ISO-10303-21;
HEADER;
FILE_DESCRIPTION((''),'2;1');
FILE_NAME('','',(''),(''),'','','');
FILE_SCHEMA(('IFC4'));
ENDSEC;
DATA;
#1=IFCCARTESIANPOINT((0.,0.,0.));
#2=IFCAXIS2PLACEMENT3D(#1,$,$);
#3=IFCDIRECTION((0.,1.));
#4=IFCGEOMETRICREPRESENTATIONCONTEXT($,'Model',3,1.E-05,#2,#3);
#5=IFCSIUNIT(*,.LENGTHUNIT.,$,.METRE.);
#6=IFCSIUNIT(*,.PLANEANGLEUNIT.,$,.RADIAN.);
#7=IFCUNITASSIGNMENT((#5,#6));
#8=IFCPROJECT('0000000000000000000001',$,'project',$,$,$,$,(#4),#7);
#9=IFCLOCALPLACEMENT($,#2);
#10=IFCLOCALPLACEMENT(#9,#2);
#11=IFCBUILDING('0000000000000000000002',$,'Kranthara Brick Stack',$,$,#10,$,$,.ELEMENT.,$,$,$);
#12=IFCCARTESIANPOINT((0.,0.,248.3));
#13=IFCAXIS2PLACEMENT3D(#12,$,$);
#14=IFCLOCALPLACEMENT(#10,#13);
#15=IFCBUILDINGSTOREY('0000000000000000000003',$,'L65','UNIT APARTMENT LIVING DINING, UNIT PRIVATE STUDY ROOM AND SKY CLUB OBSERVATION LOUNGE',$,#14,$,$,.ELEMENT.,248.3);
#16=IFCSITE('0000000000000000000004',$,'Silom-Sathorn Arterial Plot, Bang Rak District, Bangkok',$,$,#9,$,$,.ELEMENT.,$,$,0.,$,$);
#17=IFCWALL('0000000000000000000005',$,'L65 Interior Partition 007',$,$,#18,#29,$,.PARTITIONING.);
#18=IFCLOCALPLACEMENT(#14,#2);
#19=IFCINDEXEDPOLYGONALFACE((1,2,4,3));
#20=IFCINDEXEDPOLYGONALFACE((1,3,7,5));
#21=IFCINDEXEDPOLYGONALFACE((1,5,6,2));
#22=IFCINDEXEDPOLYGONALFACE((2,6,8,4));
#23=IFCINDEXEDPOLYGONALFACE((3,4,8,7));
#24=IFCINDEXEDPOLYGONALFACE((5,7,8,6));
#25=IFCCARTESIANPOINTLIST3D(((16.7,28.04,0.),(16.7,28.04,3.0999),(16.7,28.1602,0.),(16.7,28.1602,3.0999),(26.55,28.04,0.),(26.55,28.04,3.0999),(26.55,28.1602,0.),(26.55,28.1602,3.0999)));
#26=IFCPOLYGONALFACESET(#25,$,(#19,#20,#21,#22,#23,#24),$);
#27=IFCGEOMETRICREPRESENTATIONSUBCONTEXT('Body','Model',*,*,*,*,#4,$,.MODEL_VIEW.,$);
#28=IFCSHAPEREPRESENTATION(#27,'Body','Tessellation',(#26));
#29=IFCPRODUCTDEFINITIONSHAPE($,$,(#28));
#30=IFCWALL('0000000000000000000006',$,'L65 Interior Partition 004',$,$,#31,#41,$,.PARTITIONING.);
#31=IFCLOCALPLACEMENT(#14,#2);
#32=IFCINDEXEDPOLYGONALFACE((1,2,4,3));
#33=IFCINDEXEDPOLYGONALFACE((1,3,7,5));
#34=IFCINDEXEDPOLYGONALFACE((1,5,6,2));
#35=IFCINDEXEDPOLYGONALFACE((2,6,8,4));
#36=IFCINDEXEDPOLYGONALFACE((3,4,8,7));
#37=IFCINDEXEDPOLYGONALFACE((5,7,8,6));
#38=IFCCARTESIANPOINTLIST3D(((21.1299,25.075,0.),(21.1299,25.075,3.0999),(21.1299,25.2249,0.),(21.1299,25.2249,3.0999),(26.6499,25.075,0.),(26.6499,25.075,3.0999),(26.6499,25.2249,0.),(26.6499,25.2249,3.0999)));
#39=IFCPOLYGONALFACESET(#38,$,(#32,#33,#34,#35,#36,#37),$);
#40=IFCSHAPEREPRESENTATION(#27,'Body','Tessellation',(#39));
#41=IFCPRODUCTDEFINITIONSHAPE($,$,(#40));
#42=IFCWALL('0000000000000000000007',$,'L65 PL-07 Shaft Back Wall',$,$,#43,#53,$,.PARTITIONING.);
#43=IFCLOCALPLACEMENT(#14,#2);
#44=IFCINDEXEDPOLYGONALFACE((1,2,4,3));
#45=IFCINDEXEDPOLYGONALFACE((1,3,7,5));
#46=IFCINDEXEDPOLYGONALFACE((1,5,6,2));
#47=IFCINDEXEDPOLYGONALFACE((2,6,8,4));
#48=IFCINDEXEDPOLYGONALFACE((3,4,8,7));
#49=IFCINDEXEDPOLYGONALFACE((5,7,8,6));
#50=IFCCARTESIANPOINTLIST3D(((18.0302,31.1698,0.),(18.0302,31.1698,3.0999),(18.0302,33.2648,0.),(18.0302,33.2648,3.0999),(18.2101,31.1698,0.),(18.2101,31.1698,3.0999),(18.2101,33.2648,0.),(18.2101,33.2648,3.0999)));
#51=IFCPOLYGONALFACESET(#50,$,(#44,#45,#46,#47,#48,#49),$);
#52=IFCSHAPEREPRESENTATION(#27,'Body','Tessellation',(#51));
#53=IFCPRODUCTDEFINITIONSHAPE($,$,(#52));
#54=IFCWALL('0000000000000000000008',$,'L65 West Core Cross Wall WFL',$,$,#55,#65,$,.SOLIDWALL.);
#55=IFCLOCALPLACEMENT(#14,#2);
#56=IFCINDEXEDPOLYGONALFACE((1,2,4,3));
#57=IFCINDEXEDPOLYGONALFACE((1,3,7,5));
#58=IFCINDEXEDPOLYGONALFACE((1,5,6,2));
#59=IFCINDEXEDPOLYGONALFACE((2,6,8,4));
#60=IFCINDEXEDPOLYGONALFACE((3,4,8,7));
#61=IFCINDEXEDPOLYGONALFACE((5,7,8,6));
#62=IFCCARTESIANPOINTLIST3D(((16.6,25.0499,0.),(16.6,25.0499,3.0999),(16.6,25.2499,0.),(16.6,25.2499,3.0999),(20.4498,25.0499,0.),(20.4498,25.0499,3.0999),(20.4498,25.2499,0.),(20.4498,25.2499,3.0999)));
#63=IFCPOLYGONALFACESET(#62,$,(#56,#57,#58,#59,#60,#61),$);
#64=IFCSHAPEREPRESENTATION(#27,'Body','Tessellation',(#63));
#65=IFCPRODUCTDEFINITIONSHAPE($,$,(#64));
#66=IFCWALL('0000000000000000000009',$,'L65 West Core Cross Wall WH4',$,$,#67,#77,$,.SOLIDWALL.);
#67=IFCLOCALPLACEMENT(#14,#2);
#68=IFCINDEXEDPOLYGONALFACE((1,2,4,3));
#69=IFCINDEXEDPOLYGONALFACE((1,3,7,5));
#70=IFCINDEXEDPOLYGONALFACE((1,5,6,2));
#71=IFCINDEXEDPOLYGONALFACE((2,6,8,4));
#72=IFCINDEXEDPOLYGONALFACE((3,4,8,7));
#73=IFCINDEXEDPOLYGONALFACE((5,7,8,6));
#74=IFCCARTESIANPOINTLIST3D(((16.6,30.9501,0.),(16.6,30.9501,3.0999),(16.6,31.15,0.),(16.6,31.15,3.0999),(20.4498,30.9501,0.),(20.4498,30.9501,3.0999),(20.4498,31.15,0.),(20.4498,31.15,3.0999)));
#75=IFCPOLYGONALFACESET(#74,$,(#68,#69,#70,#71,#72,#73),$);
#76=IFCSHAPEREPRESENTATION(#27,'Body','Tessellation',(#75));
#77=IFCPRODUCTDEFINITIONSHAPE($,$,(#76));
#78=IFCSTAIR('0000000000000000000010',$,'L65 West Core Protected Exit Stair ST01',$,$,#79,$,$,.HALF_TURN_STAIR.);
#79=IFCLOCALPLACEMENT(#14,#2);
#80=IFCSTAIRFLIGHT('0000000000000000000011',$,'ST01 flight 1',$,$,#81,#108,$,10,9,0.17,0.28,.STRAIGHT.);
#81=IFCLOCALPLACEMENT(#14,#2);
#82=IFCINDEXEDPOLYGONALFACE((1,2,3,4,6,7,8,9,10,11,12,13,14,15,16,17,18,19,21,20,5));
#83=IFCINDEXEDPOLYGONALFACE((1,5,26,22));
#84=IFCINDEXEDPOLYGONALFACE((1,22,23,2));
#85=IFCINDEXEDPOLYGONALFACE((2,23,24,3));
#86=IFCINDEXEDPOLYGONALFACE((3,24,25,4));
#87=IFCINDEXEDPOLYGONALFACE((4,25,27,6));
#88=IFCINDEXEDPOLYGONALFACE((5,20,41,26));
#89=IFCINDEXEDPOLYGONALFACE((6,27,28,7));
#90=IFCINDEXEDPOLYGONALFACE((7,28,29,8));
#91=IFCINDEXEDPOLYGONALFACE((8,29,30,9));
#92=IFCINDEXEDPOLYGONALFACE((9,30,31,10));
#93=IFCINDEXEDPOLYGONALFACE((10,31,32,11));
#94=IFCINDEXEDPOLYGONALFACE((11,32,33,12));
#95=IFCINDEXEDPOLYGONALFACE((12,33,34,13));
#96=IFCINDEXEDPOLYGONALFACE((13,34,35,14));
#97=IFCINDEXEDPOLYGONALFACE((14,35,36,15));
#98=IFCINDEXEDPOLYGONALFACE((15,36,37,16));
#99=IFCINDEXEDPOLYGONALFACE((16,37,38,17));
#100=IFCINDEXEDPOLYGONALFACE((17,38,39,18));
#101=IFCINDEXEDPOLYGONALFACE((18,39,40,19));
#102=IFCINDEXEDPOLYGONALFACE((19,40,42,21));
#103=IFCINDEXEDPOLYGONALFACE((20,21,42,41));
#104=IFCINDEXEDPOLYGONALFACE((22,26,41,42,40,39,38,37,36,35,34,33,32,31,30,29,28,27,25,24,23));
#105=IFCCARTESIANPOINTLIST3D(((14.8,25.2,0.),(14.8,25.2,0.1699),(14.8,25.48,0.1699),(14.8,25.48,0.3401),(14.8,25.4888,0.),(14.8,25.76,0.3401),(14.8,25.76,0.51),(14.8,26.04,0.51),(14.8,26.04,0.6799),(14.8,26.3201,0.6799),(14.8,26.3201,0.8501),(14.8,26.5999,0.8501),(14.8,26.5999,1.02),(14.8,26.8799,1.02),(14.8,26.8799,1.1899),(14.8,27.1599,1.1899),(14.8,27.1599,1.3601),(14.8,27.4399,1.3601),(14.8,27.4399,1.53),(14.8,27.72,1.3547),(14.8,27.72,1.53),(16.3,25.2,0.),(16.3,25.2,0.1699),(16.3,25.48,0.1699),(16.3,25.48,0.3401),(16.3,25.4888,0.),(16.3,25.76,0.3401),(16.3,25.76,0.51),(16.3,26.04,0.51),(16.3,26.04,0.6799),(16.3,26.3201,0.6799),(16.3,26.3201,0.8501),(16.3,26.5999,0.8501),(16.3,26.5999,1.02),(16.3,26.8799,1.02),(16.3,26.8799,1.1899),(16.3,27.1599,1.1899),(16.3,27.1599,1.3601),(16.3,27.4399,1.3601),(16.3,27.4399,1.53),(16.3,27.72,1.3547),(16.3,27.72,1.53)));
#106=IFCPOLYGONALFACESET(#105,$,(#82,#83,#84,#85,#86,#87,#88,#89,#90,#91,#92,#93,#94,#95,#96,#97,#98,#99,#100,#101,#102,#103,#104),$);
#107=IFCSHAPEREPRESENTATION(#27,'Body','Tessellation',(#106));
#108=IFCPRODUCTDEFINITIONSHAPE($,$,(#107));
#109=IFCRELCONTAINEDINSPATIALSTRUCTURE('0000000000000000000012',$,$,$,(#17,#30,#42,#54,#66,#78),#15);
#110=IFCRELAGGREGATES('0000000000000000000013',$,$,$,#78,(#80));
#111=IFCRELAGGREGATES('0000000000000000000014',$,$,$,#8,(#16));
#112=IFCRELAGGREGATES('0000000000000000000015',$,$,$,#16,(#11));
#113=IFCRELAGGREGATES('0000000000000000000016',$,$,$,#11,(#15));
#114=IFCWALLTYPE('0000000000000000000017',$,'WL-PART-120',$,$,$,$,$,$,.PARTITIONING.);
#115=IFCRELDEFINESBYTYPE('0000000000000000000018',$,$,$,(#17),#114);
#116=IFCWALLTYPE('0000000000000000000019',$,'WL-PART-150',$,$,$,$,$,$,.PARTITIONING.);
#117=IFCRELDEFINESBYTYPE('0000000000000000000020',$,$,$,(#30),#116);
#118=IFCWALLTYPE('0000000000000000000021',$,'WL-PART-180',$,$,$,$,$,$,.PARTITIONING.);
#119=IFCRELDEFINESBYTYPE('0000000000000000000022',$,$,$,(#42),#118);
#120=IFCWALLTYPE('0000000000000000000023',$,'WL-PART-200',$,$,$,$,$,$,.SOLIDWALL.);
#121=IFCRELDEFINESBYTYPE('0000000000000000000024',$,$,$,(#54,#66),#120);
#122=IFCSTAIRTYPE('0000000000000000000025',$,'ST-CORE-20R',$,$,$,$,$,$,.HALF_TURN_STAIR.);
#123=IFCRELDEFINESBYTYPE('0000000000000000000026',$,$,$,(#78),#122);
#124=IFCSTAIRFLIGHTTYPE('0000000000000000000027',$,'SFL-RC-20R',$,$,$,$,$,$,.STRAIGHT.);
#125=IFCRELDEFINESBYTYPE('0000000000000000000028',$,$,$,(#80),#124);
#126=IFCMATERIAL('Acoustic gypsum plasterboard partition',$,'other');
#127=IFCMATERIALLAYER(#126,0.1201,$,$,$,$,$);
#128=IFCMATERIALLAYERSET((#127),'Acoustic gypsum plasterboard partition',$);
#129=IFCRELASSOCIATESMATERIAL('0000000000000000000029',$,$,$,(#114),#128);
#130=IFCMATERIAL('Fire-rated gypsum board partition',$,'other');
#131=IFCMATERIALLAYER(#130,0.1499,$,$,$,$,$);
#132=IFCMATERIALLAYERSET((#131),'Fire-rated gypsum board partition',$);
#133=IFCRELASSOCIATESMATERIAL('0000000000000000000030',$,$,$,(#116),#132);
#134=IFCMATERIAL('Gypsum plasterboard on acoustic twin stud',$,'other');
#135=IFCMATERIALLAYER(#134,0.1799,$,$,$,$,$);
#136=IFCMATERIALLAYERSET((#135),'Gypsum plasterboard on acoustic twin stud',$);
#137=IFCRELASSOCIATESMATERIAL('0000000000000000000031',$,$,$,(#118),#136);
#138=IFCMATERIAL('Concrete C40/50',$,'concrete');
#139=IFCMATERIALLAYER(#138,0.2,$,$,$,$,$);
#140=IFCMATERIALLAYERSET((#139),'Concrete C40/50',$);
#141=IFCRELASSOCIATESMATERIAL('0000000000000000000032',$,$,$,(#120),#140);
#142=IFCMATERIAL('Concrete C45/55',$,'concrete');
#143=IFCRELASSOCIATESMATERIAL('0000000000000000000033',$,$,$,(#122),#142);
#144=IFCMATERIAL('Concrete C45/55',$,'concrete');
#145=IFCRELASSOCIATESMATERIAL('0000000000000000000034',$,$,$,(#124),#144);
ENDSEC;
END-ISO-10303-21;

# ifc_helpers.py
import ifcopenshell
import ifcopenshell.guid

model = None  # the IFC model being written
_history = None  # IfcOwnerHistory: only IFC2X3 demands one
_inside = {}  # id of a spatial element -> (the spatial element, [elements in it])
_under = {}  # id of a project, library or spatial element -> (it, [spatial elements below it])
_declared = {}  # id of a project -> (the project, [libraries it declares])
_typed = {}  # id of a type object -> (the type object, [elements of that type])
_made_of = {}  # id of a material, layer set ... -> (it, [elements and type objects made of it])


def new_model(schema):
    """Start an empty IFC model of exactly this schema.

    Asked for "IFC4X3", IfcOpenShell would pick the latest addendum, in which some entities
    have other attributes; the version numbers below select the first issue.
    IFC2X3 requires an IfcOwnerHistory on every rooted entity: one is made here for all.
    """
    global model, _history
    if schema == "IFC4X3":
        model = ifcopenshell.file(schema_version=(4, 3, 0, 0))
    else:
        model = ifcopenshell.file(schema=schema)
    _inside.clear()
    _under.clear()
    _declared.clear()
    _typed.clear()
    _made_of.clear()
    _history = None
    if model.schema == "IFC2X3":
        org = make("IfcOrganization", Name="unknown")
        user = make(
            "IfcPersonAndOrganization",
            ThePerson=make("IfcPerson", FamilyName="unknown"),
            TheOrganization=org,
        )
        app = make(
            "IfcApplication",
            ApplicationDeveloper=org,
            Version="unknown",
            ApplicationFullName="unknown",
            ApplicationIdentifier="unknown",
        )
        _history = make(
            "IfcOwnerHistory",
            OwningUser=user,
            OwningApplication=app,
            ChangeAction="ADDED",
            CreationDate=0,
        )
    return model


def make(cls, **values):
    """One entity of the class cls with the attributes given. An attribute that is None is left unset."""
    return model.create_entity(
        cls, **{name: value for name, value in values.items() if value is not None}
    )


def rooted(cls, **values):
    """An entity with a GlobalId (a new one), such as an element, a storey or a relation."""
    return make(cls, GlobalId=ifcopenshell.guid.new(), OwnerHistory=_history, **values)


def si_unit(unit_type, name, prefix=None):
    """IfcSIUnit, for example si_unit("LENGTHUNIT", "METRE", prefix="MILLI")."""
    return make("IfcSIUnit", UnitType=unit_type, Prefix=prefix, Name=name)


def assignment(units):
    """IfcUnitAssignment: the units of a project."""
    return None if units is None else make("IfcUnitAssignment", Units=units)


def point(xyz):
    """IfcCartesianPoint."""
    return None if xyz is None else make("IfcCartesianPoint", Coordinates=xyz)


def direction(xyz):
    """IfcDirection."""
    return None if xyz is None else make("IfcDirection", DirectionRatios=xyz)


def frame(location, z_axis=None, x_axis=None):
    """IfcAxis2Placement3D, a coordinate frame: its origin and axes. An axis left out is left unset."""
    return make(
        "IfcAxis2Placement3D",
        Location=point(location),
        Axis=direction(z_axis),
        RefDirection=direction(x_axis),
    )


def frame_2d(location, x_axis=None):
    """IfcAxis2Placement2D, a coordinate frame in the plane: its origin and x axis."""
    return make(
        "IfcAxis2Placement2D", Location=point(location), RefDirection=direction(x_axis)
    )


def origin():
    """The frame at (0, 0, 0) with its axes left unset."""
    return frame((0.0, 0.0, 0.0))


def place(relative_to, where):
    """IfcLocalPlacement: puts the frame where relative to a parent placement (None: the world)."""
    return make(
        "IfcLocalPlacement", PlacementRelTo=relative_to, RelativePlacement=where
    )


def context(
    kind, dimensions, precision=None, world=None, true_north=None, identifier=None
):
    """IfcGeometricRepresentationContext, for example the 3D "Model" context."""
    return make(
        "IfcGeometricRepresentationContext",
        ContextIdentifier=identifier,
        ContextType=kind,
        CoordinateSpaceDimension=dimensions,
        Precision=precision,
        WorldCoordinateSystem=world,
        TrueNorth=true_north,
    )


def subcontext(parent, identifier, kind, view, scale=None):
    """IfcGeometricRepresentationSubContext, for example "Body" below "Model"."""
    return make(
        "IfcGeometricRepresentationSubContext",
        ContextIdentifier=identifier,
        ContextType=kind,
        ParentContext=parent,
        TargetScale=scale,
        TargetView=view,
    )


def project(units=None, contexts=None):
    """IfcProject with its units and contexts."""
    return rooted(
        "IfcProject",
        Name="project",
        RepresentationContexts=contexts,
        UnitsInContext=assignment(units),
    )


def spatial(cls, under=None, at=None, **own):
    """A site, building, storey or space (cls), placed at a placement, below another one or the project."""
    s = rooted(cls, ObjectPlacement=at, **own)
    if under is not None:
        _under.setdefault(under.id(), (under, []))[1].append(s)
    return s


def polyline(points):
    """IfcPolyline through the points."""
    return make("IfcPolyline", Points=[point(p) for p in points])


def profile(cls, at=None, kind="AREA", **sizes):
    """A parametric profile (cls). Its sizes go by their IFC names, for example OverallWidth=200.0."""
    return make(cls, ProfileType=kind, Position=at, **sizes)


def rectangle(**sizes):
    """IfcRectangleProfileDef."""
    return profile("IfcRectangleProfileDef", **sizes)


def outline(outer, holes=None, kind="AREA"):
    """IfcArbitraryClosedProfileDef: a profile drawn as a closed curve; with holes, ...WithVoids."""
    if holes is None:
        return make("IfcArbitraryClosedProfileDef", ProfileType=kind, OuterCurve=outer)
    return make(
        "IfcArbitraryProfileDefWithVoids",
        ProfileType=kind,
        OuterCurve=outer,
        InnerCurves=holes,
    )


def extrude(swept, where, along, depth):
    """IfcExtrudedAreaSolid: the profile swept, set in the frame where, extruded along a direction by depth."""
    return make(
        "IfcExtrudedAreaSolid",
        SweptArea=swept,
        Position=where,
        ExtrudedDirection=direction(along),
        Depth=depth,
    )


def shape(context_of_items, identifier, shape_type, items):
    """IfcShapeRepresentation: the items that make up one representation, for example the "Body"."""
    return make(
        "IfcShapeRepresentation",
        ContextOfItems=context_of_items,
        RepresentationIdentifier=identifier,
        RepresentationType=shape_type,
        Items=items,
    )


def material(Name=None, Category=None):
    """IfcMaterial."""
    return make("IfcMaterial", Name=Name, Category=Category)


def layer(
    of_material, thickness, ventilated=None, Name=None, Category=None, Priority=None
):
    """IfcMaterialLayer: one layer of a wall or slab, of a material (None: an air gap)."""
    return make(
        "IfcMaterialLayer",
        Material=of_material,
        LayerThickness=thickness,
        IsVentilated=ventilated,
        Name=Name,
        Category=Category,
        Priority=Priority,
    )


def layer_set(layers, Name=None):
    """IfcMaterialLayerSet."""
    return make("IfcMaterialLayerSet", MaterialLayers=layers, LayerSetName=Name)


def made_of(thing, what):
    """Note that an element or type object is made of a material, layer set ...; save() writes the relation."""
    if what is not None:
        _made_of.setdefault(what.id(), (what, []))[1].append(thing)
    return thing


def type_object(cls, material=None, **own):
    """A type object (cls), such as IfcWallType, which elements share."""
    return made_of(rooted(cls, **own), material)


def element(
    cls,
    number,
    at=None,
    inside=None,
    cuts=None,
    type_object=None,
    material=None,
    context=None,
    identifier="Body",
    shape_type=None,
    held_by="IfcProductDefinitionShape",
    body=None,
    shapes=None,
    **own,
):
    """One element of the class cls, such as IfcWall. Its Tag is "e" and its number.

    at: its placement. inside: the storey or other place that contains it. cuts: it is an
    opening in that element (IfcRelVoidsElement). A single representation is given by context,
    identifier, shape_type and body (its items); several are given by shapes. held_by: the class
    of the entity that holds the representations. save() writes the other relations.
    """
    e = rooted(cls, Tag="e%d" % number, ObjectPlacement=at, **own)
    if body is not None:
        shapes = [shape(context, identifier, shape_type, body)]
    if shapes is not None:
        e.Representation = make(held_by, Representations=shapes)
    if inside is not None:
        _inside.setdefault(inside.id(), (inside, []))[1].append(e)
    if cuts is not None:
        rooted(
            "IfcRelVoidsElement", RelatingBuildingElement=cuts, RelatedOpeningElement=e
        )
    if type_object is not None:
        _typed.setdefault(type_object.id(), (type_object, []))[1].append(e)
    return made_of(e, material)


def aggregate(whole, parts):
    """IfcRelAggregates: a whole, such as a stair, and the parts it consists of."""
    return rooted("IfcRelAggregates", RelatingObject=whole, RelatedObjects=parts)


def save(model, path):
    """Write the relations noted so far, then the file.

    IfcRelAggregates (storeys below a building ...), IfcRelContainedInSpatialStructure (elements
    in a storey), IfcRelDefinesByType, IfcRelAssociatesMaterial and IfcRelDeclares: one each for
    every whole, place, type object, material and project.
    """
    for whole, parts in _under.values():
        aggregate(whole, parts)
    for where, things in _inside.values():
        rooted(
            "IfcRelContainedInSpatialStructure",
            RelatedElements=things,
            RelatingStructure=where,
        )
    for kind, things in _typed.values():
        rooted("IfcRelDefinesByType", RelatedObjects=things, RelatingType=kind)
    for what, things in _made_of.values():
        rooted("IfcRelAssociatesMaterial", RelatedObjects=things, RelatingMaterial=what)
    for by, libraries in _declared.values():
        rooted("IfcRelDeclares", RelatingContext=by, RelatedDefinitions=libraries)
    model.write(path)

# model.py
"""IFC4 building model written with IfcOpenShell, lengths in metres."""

from ifc_helpers import new_model, si_unit, direction, frame, frame_2d, origin, place, context, subcontext, project, spatial, polyline, rectangle, outline, extrude, material, layer, layer_set, type_object, element, aggregate, save


model = new_model("IFC4")

# Units and contexts
model_context = context("Model", 3, precision=1e-05, world=origin(), true_north=direction((0.0, 1.0)))
body_context = subcontext(model_context, "Body", "Model", "MODEL_VIEW")
ifc_project = project(units=[si_unit("LENGTHUNIT", "METRE"), si_unit("PLANEANGLEUNIT", "RADIAN")], contexts=[model_context])

# Site, building, storey
site_placement = place(None, origin())
site = spatial("IfcSite", under=ifc_project, at=site_placement, Name="Silom-Sathorn Arterial Plot, Bang Rak District, Bangkok", CompositionType="ELEMENT", RefElevation=0.0)
building_placement = place(site_placement, origin())
building = spatial("IfcBuilding", under=site, at=building_placement, Name="Kranthara Brick Stack", CompositionType="ELEMENT")
storey_placement = place(building_placement, frame((0.0, 0.0, 248.3)))
storey = spatial("IfcBuildingStorey", under=building, at=storey_placement, Name="L65", Description="UNIT APARTMENT LIVING DINING, UNIT PRIVATE STUDY ROOM AND SKY CLUB OBSERVATION LOUNGE", CompositionType="ELEMENT", Elevation=248.3)

# Walls
ifc_material_1 = material(Name="Acoustic gypsum plasterboard partition", Category="other")
ifc_layer_1 = layer(ifc_material_1, 0.1201)
ifc_layer_set_1 = layer_set([ifc_layer_1], Name="Acoustic gypsum plasterboard partition")
wall_type_1 = type_object("IfcWallType", Name="WL-PART-120", PredefinedType="PARTITIONING", material=ifc_layer_set_1)
wall_1_placement = place(storey_placement, frame((16.7, 28.1001, 0.0), z_axis=(0.0, 0.0, 1.0), x_axis=(1.0, 0.0, 0.0)))
element("IfcWall", 1, at=wall_1_placement, inside=storey, type_object=wall_type_1, Name="L65 Interior Partition 007", PredefinedType="PARTITIONING", context=body_context, shape_type="SweptSolid", body=[
    extrude(rectangle(XDim=9.8501, YDim=0.1201, at=frame_2d((4.925, 0.0))), origin(), (0.0, 0.0, 1.0), 3.0999),
])
ifc_material_2 = material(Name="Fire-rated gypsum board partition", Category="other")
ifc_layer_2 = layer(ifc_material_2, 0.1499)
ifc_layer_set_2 = layer_set([ifc_layer_2], Name="Fire-rated gypsum board partition")
wall_type_2 = type_object("IfcWallType", Name="WL-PART-150", PredefinedType="PARTITIONING", material=ifc_layer_set_2)
wall_2_placement = place(storey_placement, frame((21.1299, 25.1499, 0.0), z_axis=(0.0, 0.0, 1.0), x_axis=(1.0, 0.0, 0.0)))
element("IfcWall", 2, at=wall_2_placement, inside=storey, type_object=wall_type_2, Name="L65 Interior Partition 004", PredefinedType="PARTITIONING", context=body_context, shape_type="SweptSolid", body=[
    extrude(rectangle(XDim=5.52, YDim=0.1499, at=frame_2d((2.76, 0.0))), origin(), (0.0, 0.0, 1.0), 3.0999),
])
ifc_material_3 = material(Name="Gypsum plasterboard on acoustic twin stud", Category="other")
ifc_layer_3 = layer(ifc_material_3, 0.1799)
ifc_layer_set_3 = layer_set([ifc_layer_3], Name="Gypsum plasterboard on acoustic twin stud")
wall_type_3 = type_object("IfcWallType", Name="WL-PART-180", PredefinedType="PARTITIONING", material=ifc_layer_set_3)
wall_3_placement = place(storey_placement, frame((18.1201, 31.1699, 0.0), z_axis=(0.0, 0.0, 1.0), x_axis=(0.0, 1.0, 0.0)))
element("IfcWall", 3, at=wall_3_placement, inside=storey, type_object=wall_type_3, Name="L65 PL-07 Shaft Back Wall", PredefinedType="PARTITIONING", context=body_context, shape_type="SweptSolid", body=[
    extrude(rectangle(XDim=2.095, YDim=0.1799, at=frame_2d((1.0474, 0.0))), origin(), (0.0, 0.0, 1.0), 3.0999),
])
ifc_material_4 = material(Name="Concrete C40/50", Category="concrete")
ifc_layer_4 = layer(ifc_material_4, 0.2)
ifc_layer_set_4 = layer_set([ifc_layer_4], Name="Concrete C40/50")
wall_type_4 = type_object("IfcWallType", Name="WL-PART-200", PredefinedType="SOLIDWALL", material=ifc_layer_set_4)
for number, where, z_axis, x_axis, name in (
    (4, (16.6001, 25.1499, 0.0), (0.0, 0.0, 1.0), (1.0, 0.0, 0.0), "L65 West Core Cross Wall WFL"),
    (5, (16.6001, 31.05, 0.0), (0.0, 0.0, 1.0), (1.0, 0.0, 0.0), "L65 West Core Cross Wall WH4"),
):
    element("IfcWall", number, at=place(storey_placement, frame(where, z_axis=z_axis, x_axis=x_axis)), inside=storey, type_object=wall_type_4, Name=name, PredefinedType="SOLIDWALL", context=body_context, shape_type="SweptSolid", body=[
        extrude(rectangle(XDim=3.8499, YDim=0.2, at=frame_2d((1.9248, 0.0))), origin(), (0.0, 0.0, 1.0), 3.0999),
    ])

# Stair, stair flight
ifc_material_5 = material(Name="Concrete C45/55", Category="concrete")
stair_type = type_object("IfcStairType", Name="ST-CORE-20R", PredefinedType="HALF_TURN_STAIR", material=ifc_material_5)
stair_placement = place(storey_placement, origin())
stair = element("IfcStair", 6, at=stair_placement, inside=storey, type_object=stair_type, Name="L65 West Core Protected Exit Stair ST01", PredefinedType="HALF_TURN_STAIR")
ifc_material_6 = material(Name="Concrete C45/55", Category="concrete")
stair_flight_type = type_object("IfcStairFlightType", Name="SFL-RC-20R", PredefinedType="STRAIGHT", material=ifc_material_6)
stair_flight_placement = place(storey_placement, frame((15.55, 25.2, 0.0), z_axis=(0.0, 0.0, 1.0), x_axis=(0.0, 1.0, 0.0)))
stair_flight = element("IfcStairFlight", 7, at=stair_flight_placement, type_object=stair_flight_type, Name="ST01 flight 1", NumberOfRisers=10, NumberOfTreads=9, PredefinedType="STRAIGHT", RiserHeight=0.17, TreadLength=0.28, context=body_context, shape_type="SweptSolid", body=[
    extrude(outline(polyline([(0.0, 0.0), (0.0, 0.1699), (0.28, 0.1699), (0.28, 0.3401), (0.5601, 0.3401), (0.5601, 0.51), (0.8401, 0.51), (0.8401, 0.6799), (1.1201, 0.6799), (1.1201, 0.8501), (1.3999, 0.8501), (1.3999, 1.02), (1.6799, 1.02), (1.6799, 1.1899), (1.96, 1.1899), (1.96, 1.3601), (2.24, 1.3601), (2.24, 1.53), (2.52, 1.53), (2.52, 1.7), (2.52, 1.3547), (0.2888, 0.0), (0.0, 0.0)])), frame((0.0, 0.75, 0.0), z_axis=(0.0, -1.0, 0.0), x_axis=(1.0, 0.0, 0.0)), (0.0, 0.0, 1.0), 1.5),
])
aggregate(stair, [stair_flight])

save(model, "model.ifc")
